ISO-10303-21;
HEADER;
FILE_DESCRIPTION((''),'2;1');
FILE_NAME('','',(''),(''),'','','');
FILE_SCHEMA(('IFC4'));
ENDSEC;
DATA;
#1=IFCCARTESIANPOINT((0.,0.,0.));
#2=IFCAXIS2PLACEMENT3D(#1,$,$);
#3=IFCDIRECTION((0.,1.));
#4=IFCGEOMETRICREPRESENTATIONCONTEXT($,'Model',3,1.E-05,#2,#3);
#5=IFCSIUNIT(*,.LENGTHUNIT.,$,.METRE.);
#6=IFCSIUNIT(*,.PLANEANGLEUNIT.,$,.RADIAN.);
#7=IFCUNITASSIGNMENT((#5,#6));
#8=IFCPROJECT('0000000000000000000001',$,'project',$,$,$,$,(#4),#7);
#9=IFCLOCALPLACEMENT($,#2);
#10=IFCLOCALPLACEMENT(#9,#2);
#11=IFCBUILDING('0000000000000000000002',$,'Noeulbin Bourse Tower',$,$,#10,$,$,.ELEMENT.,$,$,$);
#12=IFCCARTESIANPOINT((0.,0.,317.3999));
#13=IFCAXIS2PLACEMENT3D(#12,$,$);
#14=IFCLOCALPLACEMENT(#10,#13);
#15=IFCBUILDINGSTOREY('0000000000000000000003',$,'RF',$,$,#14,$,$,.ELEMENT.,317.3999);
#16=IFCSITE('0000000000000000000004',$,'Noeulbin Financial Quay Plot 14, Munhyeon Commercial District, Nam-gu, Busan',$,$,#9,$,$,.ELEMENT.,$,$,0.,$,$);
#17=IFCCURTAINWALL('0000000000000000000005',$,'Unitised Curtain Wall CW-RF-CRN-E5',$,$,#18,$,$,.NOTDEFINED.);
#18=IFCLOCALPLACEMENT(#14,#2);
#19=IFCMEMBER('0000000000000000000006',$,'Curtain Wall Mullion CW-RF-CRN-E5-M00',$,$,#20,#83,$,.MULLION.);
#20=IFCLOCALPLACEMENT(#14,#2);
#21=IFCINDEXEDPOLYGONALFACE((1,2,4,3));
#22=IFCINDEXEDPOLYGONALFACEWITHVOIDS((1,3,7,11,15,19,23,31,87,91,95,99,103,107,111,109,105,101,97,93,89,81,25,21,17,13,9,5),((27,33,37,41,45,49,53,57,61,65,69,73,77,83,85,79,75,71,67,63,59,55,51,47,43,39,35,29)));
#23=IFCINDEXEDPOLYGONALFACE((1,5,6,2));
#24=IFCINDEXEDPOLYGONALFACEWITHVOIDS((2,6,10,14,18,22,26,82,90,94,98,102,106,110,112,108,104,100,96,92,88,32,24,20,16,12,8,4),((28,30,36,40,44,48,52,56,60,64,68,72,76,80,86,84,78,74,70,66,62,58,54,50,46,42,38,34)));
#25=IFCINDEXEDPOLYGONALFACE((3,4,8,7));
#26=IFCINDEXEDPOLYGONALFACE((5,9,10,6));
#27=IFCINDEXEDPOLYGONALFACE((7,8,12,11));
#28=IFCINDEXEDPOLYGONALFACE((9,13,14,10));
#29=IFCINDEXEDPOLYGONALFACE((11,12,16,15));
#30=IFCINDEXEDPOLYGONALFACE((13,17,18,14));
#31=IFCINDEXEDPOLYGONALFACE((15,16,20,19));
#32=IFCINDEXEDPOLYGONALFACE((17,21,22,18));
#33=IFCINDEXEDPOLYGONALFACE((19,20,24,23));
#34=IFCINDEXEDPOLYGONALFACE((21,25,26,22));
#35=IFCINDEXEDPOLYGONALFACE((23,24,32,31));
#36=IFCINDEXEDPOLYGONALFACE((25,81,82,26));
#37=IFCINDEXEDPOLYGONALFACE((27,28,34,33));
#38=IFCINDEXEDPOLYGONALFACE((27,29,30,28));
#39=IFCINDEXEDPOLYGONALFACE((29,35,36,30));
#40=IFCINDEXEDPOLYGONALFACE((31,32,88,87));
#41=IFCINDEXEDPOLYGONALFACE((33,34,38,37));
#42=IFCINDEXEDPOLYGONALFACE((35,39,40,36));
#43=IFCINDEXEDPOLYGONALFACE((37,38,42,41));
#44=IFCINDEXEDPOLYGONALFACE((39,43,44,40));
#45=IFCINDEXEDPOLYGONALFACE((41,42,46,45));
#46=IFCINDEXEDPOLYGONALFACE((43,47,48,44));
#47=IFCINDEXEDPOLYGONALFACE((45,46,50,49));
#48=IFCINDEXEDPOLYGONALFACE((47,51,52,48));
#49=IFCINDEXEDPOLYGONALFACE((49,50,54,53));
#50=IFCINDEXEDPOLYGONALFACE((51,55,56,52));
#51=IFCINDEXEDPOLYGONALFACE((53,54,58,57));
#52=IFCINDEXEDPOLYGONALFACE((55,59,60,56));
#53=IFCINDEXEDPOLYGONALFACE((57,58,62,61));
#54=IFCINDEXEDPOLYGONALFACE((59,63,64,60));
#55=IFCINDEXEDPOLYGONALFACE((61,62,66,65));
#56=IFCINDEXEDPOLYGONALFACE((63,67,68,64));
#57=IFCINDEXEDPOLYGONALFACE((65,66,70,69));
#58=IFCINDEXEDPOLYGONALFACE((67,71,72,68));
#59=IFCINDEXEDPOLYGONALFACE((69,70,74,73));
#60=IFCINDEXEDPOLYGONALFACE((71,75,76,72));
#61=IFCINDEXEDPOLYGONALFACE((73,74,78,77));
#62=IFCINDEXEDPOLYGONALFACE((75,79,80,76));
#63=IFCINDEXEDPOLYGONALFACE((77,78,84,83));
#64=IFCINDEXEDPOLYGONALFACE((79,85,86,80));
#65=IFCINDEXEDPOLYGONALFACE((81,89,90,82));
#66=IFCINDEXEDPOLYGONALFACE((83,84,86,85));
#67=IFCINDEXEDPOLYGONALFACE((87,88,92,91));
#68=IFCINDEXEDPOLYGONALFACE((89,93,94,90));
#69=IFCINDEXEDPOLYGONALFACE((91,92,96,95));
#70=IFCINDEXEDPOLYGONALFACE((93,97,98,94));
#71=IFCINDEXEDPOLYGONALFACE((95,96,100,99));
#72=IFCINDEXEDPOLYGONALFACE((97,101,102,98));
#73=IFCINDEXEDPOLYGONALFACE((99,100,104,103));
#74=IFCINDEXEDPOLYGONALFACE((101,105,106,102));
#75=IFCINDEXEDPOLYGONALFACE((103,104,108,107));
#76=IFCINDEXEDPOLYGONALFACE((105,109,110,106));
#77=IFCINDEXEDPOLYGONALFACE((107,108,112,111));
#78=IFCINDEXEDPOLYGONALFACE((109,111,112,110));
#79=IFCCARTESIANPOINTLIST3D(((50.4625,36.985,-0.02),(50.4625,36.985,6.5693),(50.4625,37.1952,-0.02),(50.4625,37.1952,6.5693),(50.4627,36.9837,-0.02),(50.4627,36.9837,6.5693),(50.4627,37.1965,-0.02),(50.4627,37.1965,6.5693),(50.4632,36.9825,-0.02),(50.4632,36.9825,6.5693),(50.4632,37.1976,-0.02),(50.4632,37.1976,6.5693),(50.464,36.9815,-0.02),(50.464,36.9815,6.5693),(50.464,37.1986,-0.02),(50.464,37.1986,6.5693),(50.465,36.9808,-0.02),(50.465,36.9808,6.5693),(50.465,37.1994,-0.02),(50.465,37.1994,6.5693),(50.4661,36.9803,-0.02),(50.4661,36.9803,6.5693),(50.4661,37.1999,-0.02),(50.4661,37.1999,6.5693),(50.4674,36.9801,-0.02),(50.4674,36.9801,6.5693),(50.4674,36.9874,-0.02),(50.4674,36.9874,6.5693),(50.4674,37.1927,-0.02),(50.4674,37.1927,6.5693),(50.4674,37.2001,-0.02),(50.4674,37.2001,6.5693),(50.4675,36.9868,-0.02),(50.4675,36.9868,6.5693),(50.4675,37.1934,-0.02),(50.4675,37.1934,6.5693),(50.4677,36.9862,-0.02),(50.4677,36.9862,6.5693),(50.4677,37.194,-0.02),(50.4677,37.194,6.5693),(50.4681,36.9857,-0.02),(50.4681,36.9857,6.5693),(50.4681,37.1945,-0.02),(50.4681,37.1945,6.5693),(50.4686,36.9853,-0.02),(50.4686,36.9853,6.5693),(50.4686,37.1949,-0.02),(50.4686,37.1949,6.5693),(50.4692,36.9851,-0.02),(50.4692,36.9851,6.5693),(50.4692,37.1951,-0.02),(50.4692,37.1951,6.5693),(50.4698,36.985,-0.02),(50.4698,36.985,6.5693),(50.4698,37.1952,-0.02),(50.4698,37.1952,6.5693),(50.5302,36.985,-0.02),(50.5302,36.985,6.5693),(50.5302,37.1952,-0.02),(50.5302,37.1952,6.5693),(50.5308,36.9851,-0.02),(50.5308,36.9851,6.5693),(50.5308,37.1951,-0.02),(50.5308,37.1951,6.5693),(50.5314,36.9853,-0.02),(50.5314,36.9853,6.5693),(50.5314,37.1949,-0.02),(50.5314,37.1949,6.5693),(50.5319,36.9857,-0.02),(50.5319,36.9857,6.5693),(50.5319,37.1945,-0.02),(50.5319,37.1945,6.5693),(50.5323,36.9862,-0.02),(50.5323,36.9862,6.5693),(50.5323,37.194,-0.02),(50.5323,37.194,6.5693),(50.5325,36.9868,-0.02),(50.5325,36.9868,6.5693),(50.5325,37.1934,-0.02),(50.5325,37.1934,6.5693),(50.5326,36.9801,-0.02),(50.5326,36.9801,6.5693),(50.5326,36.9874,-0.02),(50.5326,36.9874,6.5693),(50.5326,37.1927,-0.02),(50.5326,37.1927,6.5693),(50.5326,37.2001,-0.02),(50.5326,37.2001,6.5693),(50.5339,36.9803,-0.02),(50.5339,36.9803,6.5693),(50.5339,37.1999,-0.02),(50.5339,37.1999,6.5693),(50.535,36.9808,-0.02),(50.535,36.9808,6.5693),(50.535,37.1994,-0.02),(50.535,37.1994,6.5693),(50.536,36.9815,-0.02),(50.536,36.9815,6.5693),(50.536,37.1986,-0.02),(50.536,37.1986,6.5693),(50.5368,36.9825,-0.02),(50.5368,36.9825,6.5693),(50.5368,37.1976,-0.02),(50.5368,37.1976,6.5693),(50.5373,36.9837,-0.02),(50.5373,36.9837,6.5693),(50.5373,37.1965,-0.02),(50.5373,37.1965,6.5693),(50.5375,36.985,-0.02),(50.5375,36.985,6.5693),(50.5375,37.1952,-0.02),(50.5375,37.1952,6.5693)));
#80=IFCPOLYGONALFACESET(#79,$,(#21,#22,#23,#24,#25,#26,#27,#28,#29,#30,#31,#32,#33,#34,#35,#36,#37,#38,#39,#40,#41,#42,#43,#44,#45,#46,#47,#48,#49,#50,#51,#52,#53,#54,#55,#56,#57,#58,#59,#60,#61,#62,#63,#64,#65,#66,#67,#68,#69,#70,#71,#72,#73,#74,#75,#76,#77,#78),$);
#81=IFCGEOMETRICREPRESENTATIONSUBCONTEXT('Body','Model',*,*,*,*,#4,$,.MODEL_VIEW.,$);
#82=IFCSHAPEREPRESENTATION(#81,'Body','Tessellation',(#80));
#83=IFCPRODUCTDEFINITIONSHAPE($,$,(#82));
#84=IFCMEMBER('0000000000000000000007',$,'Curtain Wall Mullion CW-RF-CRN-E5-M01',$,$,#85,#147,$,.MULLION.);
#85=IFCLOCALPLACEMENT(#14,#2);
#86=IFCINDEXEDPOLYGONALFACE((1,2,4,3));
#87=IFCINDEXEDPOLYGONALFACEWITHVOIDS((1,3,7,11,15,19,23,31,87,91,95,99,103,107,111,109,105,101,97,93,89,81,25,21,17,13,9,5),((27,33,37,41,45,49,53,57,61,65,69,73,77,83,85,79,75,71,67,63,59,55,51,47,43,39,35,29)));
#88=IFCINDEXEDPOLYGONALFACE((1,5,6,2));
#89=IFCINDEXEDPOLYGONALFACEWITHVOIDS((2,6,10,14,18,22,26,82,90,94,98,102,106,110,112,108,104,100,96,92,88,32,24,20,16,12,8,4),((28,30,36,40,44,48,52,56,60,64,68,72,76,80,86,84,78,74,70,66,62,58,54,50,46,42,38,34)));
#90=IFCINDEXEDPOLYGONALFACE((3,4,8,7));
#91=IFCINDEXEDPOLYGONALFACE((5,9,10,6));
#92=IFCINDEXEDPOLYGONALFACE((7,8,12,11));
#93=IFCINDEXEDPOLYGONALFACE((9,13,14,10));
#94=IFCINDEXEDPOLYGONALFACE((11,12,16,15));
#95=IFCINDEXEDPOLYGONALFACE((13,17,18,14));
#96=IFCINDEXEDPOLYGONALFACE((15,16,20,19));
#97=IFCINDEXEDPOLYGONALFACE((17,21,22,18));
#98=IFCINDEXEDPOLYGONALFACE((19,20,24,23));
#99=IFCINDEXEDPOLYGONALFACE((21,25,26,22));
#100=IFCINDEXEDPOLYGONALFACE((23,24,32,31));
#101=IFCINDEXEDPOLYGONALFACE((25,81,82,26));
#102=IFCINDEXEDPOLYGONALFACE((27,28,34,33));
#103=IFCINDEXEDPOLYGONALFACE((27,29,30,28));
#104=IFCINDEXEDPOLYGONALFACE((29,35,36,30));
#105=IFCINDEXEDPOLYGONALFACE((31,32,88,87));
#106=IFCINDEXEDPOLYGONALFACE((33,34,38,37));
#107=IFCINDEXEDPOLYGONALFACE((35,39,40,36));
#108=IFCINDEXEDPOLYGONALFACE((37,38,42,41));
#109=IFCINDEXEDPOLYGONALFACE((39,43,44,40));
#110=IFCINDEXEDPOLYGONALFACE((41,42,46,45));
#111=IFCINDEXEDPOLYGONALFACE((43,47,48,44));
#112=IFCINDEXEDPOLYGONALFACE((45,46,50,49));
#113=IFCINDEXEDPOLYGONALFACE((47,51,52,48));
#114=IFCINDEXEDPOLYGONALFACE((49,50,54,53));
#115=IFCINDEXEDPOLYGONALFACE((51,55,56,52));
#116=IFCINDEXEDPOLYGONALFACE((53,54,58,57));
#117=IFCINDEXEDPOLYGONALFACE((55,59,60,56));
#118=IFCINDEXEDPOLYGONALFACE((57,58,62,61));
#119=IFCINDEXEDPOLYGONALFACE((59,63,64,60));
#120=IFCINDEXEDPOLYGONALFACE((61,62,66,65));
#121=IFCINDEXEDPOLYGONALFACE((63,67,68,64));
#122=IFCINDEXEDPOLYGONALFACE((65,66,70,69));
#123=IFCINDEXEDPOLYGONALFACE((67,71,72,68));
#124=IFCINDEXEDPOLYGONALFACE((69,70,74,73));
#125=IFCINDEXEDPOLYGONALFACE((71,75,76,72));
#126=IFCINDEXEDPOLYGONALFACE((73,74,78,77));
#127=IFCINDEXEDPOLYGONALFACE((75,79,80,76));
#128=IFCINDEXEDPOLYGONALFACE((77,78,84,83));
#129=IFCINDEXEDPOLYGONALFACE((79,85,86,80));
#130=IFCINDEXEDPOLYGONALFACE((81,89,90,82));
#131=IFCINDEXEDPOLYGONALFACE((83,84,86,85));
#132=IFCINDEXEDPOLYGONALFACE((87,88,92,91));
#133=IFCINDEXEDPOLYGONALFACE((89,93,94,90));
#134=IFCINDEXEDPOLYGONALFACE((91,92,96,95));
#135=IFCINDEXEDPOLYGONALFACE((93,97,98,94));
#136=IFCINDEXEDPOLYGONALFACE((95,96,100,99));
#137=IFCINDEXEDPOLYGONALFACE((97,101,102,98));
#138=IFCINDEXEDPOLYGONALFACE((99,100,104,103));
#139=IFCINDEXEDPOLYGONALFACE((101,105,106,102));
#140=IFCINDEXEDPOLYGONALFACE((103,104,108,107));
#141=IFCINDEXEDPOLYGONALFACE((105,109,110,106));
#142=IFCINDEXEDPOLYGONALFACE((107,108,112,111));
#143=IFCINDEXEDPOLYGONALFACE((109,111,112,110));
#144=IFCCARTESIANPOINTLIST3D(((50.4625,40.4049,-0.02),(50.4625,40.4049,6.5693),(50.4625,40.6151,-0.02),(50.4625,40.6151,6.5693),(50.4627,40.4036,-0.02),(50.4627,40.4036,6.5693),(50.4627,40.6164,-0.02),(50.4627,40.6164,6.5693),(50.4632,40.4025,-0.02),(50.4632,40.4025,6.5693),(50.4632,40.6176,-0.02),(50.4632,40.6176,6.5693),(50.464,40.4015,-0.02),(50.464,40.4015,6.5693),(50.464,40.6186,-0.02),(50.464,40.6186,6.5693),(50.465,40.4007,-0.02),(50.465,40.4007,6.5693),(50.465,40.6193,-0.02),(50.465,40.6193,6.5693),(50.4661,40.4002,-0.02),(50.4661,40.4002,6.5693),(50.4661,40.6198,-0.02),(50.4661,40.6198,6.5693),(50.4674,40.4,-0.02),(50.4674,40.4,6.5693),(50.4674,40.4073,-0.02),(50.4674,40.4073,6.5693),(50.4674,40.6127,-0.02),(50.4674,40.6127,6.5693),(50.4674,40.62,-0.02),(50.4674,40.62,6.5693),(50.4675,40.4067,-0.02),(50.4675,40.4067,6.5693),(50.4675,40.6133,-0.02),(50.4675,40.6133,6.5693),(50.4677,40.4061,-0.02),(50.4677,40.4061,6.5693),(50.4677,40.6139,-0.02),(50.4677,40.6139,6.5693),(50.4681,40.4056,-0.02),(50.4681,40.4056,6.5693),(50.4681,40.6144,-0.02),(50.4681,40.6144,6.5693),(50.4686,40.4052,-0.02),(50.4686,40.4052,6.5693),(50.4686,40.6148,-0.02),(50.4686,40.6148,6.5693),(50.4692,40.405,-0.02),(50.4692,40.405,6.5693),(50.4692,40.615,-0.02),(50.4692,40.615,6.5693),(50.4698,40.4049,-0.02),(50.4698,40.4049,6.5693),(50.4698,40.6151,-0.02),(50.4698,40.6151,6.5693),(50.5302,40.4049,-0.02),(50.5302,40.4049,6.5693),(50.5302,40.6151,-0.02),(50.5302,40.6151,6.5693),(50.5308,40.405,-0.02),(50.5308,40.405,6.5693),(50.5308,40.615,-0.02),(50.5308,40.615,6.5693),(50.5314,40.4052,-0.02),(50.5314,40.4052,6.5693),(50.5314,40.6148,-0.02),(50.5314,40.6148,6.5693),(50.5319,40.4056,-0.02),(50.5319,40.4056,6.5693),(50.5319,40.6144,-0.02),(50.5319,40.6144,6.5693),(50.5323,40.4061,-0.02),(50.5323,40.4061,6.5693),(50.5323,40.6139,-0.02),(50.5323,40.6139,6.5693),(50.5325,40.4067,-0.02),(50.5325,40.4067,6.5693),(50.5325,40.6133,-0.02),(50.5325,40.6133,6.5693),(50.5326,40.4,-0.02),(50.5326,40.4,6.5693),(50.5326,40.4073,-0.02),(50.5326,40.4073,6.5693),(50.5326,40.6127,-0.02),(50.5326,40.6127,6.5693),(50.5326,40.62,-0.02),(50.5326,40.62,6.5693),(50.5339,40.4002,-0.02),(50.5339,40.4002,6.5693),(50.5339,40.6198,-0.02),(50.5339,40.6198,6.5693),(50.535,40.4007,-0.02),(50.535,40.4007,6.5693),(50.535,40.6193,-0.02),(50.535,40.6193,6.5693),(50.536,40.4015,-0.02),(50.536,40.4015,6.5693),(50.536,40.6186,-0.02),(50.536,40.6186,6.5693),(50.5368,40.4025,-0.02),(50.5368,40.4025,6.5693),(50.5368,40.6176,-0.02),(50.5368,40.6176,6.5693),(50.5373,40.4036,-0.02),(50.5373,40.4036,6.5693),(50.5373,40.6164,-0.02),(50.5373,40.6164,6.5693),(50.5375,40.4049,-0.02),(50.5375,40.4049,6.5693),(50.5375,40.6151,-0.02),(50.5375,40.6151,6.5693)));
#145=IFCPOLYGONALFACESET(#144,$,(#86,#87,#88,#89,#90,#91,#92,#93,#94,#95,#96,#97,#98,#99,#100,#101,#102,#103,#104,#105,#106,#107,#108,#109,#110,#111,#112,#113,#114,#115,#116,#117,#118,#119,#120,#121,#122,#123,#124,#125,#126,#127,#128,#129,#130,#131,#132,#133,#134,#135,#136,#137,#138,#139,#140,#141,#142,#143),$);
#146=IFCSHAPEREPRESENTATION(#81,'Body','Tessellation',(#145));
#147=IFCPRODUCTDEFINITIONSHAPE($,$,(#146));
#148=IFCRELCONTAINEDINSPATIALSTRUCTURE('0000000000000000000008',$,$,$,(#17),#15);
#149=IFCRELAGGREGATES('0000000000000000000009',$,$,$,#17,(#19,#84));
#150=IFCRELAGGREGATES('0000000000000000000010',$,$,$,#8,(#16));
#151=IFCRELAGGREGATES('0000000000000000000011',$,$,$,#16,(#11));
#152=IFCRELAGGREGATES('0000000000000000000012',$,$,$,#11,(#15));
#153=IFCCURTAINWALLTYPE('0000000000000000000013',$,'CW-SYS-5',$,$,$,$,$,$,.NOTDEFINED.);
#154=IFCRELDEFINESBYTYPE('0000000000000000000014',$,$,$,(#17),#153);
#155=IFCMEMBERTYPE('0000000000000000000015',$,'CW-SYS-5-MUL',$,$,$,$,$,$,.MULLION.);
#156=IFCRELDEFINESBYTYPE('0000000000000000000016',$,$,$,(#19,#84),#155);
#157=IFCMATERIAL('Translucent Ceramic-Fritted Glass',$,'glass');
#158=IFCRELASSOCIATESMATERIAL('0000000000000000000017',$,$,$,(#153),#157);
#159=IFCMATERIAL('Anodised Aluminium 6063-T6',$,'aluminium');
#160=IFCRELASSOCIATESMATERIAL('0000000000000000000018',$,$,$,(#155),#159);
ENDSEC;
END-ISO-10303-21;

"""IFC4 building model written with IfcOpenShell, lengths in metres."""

from ifc_helpers import new_model, si_unit, direction, frame, origin, origin_2d, place, context, subcontext, project, spatial, hollow_rectangle, extrude, material, material_profile, profile_set, type_object, element, aggregate, save


model = new_model("IFC4")

# Units and contexts
model_context = context("Model", 3, precision=1e-05, world=origin(), true_north=direction((0.0, 1.0)))
body_context = subcontext(model_context, "Body", "Model", "MODEL_VIEW")
ifc_project = project(units=[si_unit("LENGTHUNIT", "METRE"), si_unit("PLANEANGLEUNIT", "RADIAN")], contexts=[model_context])

# Site, building, storey
site_placement = place(None, origin())
site = spatial("IfcSite", under=ifc_project, at=site_placement, Name="Noeulbin Financial Quay Plot 14, Munhyeon Commercial District, Nam-gu, Busan", CompositionType="ELEMENT", RefElevation=0.0)
building_placement = place(site_placement, origin())
building = spatial("IfcBuilding", under=site, at=building_placement, Name="Noeulbin Bourse Tower", CompositionType="ELEMENT")
storey_placement = place(building_placement, frame((0.0, 0.0, 317.3999)))
storey = spatial("IfcBuildingStorey", under=building, at=storey_placement, Name="RF", CompositionType="ELEMENT", Elevation=317.3999)

# Curtain wall, members
ifc_material_1 = material(Name="Translucent Ceramic-Fritted Glass", Category="glass")
curtain_wall_type = type_object("IfcCurtainWallType", Name="CW-SYS-5", PredefinedType="NOTDEFINED", material=ifc_material_1)
ifc_material_2 = material(Name="Anodised Aluminium 6063-T6", Category="aluminium")
ifc_material_profile_1 = material_profile(ifc_material_2, hollow_rectangle(XDim=0.075, YDim=0.22, WallThickness=0.0049, InnerFilletRadius=0.0024, OuterFilletRadius=0.0049, at=origin_2d()), Name="ALU-MULL-75x220x5", Category="LoadBearing")
ifc_profile_set_1 = profile_set([ifc_material_profile_1], Name="Anodised Aluminium 6063-T6")
member_type_1 = type_object("IfcMemberType", Name="CW-SYS-5-MUL", PredefinedType="MULLION", material=ifc_profile_set_1)
curtain_wall_1_placement = place(storey_placement, origin())
curtain_wall_1 = element("IfcCurtainWall", 1, at=curtain_wall_1_placement, inside=storey, type_object=curtain_wall_type, Name="Unitised Curtain Wall CW-RF-CRN-E5", PredefinedType="NOTDEFINED")
member_1_placement = place(storey_placement, frame((50.5, 37.0901, -0.02), z_axis=(0.0, 0.0, 1.0), x_axis=(1.0, 0.0, 0.0)))
member_1 = element("IfcMember", 2, at=member_1_placement, type_object=member_type_1, Name="Curtain Wall Mullion CW-RF-CRN-E5-M00", PredefinedType="MULLION", context=body_context, shape_type="SweptSolid", body=[
    extrude(hollow_rectangle(XDim=0.075, YDim=0.22, WallThickness=0.0049, InnerFilletRadius=0.0024, OuterFilletRadius=0.0049, at=origin_2d()), origin(), (0.0, 0.0, 1.0), 6.5894),
])
member_2_placement = place(storey_placement, frame((50.5, 40.51, -0.02), z_axis=(0.0, 0.0, 1.0), x_axis=(1.0, 0.0, 0.0)))
member_2 = element("IfcMember", 3, at=member_2_placement, type_object=member_type_1, Name="Curtain Wall Mullion CW-RF-CRN-E5-M01", PredefinedType="MULLION", context=body_context, shape_type="SweptSolid", body=[
    extrude(hollow_rectangle(XDim=0.075, YDim=0.22, WallThickness=0.0049, InnerFilletRadius=0.0024, OuterFilletRadius=0.0049, at=origin_2d()), origin(), (0.0, 0.0, 1.0), 6.5894),
])

aggregate(curtain_wall_1, [member_1, member_2])

save(model, "model.ifc")
